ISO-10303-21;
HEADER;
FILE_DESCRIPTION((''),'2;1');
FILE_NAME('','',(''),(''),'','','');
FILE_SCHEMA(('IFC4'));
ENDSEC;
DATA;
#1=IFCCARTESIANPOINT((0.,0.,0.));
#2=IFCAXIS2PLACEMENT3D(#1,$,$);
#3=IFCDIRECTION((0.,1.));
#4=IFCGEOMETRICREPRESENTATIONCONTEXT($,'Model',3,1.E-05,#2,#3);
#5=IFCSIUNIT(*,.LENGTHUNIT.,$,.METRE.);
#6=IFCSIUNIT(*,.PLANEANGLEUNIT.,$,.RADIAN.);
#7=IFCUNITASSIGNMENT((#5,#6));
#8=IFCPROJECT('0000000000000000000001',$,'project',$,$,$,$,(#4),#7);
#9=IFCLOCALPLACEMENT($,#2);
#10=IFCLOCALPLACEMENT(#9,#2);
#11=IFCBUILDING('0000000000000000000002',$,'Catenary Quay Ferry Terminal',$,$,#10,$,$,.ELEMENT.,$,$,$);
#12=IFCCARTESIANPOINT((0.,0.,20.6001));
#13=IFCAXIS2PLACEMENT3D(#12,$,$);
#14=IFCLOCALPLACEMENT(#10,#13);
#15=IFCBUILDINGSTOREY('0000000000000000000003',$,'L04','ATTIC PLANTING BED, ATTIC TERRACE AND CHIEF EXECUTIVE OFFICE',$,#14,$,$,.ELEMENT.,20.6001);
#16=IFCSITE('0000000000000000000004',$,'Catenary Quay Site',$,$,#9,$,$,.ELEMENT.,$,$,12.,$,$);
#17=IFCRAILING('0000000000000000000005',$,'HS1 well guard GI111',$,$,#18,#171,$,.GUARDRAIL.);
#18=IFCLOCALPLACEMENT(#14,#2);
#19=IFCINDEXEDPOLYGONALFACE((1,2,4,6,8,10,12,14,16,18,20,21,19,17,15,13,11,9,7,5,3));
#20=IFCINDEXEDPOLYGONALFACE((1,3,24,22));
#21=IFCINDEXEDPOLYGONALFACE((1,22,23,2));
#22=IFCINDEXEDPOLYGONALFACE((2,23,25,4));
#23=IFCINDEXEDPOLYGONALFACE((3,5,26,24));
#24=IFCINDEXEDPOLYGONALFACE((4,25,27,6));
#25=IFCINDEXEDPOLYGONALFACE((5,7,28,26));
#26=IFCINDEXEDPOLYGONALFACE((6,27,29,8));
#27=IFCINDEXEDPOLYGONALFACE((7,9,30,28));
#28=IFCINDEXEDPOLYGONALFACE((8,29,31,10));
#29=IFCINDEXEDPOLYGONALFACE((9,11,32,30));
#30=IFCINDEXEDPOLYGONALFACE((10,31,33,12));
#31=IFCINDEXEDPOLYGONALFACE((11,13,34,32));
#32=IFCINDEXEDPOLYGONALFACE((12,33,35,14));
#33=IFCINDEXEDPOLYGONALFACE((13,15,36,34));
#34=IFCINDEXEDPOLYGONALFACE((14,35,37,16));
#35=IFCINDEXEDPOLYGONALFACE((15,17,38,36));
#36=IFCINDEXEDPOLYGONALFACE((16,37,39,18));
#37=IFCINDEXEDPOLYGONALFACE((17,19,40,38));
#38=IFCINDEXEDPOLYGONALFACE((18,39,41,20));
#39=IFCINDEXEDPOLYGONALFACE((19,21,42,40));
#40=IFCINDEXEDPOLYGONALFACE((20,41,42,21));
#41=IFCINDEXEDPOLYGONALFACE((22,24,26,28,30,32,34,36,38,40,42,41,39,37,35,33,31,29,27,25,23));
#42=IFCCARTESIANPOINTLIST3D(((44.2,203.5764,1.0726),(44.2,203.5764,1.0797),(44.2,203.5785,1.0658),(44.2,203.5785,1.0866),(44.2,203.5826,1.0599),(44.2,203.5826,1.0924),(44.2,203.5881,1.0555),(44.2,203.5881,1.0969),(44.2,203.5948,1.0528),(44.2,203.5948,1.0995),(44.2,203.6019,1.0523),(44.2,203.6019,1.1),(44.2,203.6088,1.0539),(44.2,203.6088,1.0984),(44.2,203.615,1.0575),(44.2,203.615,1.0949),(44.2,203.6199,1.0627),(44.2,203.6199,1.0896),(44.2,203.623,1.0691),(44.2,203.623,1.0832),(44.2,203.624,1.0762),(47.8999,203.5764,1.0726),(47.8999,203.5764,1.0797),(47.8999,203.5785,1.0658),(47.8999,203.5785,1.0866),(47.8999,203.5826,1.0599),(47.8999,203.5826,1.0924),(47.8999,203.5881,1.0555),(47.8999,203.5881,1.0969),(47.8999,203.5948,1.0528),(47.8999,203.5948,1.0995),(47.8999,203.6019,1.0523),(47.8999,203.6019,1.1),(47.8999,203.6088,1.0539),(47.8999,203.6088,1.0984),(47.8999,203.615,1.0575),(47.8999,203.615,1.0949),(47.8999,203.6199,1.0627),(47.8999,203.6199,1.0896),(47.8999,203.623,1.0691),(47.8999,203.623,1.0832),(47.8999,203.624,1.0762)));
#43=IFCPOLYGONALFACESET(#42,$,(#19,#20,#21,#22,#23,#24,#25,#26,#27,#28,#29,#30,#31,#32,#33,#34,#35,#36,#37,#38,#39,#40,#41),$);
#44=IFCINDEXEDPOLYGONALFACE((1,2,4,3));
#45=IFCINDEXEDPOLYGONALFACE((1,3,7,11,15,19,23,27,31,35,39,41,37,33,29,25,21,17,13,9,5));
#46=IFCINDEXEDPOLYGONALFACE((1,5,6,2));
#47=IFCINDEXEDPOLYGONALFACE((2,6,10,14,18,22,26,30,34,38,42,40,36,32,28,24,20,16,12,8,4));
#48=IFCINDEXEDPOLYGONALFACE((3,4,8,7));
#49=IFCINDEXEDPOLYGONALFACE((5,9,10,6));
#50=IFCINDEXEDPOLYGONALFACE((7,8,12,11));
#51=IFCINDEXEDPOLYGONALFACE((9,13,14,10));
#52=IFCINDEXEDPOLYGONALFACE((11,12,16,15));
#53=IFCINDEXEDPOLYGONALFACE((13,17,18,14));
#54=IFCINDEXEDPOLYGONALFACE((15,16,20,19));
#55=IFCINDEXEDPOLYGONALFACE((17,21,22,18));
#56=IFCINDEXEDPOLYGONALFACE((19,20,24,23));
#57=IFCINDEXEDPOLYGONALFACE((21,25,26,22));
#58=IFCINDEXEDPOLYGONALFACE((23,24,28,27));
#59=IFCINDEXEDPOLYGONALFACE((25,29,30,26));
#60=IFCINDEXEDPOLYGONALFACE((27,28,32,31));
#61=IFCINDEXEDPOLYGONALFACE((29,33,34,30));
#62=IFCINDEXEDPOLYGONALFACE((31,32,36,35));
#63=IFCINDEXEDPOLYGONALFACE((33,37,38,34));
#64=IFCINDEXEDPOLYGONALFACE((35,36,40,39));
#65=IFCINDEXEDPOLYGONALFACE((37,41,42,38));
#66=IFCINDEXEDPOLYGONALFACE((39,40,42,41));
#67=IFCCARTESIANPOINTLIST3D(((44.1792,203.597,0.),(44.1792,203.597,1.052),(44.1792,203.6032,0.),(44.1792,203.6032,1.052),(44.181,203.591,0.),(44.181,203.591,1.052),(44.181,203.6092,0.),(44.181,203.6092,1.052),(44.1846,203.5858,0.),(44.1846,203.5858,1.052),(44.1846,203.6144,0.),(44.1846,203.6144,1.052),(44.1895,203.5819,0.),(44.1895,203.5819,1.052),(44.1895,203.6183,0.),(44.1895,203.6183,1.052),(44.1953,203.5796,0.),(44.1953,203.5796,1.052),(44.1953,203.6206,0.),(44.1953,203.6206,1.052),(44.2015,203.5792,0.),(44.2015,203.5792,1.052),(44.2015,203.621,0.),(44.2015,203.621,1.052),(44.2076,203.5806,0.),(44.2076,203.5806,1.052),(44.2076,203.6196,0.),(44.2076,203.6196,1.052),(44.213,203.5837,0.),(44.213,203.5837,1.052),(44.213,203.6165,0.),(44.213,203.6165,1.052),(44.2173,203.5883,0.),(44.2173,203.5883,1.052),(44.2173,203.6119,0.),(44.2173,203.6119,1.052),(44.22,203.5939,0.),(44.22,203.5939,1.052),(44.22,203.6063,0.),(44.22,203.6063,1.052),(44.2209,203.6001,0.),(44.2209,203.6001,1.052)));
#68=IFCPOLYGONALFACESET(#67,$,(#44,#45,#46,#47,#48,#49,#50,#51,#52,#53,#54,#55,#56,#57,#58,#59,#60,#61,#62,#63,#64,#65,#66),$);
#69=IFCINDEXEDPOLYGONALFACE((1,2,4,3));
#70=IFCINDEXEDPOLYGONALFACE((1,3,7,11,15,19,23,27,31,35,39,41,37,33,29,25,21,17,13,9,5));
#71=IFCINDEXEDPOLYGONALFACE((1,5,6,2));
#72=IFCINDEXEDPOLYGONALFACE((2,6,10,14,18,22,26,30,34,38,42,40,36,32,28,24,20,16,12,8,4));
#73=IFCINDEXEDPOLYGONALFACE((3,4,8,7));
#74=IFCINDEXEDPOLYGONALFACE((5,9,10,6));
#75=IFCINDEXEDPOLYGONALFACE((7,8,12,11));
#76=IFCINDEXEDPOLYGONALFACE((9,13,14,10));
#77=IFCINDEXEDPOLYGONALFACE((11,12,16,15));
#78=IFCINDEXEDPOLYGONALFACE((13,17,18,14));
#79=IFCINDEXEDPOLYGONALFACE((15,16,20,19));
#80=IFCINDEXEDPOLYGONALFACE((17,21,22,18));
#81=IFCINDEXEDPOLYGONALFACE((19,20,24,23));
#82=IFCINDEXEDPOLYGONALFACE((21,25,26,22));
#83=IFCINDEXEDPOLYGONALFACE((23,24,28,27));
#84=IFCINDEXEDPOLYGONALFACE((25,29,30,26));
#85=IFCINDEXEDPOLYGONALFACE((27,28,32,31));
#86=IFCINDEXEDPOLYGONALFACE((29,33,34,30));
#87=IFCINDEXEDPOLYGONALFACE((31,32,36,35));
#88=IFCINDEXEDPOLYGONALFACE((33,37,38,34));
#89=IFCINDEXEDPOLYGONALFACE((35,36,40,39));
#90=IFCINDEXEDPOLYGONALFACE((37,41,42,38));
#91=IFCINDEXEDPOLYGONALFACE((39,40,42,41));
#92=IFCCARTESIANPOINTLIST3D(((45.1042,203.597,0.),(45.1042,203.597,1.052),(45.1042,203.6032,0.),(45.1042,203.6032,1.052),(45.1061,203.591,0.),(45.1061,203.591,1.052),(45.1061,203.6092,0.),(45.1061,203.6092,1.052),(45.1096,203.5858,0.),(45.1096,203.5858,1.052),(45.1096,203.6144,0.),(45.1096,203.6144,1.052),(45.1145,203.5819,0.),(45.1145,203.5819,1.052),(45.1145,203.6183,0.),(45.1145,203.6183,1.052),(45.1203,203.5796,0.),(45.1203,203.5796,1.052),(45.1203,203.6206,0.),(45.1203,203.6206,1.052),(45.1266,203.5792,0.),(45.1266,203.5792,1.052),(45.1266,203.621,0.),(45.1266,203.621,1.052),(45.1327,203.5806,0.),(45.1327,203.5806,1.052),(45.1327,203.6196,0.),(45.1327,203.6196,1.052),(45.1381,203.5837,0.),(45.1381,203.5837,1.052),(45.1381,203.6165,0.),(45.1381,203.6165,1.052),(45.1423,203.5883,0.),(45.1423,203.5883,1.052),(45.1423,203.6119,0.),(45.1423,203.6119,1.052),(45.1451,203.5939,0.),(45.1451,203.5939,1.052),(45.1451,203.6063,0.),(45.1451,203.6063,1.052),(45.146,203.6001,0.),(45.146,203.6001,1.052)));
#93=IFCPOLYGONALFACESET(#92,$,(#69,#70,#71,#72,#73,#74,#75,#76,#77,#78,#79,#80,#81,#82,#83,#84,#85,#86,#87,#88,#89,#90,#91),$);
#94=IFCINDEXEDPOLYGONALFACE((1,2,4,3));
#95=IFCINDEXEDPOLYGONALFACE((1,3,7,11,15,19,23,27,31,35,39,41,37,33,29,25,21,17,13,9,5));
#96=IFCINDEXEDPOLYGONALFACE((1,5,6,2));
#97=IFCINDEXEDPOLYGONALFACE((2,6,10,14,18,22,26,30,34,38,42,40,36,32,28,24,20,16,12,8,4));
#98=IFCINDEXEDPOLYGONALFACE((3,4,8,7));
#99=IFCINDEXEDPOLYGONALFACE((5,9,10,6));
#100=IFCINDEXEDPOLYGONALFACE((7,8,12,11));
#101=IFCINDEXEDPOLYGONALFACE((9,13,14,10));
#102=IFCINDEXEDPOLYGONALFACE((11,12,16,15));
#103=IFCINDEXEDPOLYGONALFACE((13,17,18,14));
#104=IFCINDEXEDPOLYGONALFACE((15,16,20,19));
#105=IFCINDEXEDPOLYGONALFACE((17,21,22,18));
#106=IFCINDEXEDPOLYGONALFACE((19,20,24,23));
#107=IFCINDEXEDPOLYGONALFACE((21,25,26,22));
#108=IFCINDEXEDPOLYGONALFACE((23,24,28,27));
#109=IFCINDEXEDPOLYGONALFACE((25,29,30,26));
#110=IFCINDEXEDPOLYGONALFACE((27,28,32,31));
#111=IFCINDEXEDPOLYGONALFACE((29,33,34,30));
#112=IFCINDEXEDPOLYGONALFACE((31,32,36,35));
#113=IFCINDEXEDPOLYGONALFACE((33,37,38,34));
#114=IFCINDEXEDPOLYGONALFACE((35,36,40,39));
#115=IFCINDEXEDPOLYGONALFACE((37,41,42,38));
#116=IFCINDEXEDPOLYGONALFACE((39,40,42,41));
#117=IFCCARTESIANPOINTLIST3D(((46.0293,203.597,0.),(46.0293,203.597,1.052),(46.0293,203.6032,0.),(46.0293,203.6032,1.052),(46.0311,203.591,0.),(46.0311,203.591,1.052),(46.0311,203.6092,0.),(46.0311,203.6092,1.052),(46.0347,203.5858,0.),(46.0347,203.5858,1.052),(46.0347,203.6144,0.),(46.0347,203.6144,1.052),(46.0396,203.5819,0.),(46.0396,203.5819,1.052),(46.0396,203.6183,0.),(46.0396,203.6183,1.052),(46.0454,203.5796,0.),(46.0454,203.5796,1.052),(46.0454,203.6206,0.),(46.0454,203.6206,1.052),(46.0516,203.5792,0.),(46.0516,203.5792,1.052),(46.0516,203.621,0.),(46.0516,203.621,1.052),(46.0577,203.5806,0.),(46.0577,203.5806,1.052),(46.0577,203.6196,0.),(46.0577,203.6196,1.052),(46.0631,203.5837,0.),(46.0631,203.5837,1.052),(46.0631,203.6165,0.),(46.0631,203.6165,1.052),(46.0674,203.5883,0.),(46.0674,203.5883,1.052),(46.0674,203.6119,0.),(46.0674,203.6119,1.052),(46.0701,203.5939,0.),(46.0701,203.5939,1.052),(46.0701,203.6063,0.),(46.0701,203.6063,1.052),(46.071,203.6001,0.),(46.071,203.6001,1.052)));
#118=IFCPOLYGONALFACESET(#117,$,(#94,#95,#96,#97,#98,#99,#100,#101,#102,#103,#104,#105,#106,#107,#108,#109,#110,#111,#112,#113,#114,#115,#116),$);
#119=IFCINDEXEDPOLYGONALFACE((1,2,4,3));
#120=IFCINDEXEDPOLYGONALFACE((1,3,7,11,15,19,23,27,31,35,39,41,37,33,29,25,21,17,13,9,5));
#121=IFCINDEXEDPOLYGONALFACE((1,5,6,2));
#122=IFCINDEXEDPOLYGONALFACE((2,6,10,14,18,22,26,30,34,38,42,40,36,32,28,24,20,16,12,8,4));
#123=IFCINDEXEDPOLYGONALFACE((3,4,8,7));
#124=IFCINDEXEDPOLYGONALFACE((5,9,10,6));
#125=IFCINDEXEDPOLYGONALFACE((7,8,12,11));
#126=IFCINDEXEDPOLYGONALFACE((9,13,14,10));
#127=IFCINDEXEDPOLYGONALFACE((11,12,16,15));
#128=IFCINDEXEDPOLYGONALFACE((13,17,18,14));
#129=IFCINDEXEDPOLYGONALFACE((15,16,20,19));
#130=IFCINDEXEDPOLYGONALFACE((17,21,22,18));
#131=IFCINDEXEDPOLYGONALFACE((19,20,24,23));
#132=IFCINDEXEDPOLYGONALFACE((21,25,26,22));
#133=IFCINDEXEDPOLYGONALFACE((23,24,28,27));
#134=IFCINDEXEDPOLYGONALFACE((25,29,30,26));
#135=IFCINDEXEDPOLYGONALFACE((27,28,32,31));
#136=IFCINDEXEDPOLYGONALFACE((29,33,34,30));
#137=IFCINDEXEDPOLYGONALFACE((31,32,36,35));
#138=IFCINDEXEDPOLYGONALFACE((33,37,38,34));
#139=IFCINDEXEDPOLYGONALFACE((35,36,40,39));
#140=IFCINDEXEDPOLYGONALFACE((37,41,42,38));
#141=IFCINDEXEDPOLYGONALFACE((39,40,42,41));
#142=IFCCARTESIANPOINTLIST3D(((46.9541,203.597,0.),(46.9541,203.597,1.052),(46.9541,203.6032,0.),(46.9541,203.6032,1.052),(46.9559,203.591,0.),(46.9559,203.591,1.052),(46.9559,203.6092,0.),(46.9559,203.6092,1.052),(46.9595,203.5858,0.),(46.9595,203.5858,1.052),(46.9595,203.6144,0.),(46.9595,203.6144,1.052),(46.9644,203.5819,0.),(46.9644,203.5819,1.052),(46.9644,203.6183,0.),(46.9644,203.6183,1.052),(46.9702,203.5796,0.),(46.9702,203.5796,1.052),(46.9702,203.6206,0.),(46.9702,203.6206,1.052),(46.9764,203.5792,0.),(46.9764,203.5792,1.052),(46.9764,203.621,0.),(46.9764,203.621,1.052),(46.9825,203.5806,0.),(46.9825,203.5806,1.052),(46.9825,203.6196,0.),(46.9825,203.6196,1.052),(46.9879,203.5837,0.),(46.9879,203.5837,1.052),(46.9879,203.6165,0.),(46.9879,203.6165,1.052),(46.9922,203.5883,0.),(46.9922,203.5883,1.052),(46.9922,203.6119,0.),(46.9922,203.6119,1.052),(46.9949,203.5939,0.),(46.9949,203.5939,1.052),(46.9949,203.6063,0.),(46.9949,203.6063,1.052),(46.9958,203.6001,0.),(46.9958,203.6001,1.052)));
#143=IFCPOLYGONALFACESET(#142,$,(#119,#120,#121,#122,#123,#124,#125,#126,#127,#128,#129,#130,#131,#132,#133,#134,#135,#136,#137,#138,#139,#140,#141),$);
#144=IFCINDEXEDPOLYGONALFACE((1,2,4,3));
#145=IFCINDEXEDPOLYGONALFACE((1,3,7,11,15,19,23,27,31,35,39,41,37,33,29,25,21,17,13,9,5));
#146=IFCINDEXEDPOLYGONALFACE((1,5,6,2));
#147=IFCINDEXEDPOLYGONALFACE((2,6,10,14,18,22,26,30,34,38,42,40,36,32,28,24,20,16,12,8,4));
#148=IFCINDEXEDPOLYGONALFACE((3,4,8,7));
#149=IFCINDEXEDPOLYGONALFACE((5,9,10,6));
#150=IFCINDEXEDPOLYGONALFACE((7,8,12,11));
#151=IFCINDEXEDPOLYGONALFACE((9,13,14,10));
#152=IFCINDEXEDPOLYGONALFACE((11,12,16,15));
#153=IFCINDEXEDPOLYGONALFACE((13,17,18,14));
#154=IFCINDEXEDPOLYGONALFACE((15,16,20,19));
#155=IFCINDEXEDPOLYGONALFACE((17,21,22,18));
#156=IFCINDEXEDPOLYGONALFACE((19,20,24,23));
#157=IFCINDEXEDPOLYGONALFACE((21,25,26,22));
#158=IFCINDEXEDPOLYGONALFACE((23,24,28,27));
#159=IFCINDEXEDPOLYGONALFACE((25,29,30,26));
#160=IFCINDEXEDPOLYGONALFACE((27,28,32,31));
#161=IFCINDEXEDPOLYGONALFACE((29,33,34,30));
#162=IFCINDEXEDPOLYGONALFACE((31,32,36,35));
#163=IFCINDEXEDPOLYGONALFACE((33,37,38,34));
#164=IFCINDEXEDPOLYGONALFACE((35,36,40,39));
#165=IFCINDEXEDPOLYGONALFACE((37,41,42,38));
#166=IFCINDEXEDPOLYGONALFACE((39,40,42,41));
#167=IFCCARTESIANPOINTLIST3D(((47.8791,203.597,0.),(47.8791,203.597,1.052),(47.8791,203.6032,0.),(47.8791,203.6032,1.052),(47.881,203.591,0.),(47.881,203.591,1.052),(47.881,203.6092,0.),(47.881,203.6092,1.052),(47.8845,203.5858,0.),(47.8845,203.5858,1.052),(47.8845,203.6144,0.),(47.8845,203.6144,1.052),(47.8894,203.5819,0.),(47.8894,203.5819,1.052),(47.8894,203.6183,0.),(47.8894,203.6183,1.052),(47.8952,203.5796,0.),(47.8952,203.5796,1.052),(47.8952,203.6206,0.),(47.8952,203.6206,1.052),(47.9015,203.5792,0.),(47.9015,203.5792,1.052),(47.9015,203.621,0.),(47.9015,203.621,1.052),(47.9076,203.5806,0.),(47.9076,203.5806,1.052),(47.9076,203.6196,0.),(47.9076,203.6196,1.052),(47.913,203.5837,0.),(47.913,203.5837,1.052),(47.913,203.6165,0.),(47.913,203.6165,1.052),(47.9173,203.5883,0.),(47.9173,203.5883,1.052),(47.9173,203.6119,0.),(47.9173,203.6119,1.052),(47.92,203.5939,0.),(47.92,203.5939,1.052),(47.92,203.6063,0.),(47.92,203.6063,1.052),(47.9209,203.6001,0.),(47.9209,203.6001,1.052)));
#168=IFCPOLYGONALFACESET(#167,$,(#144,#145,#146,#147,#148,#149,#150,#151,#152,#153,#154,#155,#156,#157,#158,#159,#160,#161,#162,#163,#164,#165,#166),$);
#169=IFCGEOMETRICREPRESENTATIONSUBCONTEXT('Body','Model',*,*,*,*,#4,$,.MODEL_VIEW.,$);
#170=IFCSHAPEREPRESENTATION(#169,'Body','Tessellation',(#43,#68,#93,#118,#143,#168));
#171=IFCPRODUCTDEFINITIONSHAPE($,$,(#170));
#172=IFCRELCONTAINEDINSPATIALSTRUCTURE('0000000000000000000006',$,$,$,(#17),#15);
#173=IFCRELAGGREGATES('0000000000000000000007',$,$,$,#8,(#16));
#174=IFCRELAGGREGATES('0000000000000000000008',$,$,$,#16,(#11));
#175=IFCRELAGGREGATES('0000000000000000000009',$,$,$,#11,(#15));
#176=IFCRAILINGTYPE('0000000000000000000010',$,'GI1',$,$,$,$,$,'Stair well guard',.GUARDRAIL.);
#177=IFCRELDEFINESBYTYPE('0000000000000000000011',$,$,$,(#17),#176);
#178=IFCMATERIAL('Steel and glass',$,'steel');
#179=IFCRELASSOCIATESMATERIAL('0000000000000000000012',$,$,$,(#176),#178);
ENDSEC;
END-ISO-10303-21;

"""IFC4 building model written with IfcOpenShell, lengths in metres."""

from ifc_helpers import new_model, si_unit, direction, frame, origin, origin_2d, place, context, subcontext, project, spatial, circle, extrude, material, type_object, element, save


model = new_model("IFC4")

# Units and contexts
model_context = context("Model", 3, precision=1e-05, world=origin(), true_north=direction((0.0, 1.0)))
body_context = subcontext(model_context, "Body", "Model", "MODEL_VIEW")
ifc_project = project(units=[si_unit("LENGTHUNIT", "METRE"), si_unit("PLANEANGLEUNIT", "RADIAN")], contexts=[model_context])

# Site, building, storey
site_placement = place(None, origin())
site = spatial("IfcSite", under=ifc_project, at=site_placement, Name="Catenary Quay Site", CompositionType="ELEMENT", RefElevation=12.0)
building_placement = place(site_placement, origin())
building = spatial("IfcBuilding", under=site, at=building_placement, Name="Catenary Quay Ferry Terminal", CompositionType="ELEMENT")
storey_placement = place(building_placement, frame((0.0, 0.0, 20.6001)))
storey = spatial("IfcBuildingStorey", under=building, at=storey_placement, Name="L04", Description="ATTIC PLANTING BED, ATTIC TERRACE AND CHIEF EXECUTIVE OFFICE", CompositionType="ELEMENT", Elevation=20.6001)

# Railing
ifc_material_1 = material(Name="Steel and glass", Category="steel")
railing_type = type_object("IfcRailingType", Name="GI1", ElementType="Stair well guard", PredefinedType="GUARDRAIL", material=ifc_material_1)
railing_placement = place(storey_placement, frame((44.2, 203.6001, 0.0)))
element("IfcRailing", 1, at=railing_placement, inside=storey, type_object=railing_type, Name="HS1 well guard GI111", PredefinedType="GUARDRAIL", context=body_context, shape_type="SweptSolid", body=[
    extrude(circle(Radius=0.0239, at=origin_2d()), frame((0.0, 0.0, 1.0762), z_axis=(1.0, 0.0, 0.0), x_axis=(0.0, 1.0, 0.0)), (0.0, 0.0, 1.0), 3.7),
    extrude(circle(Radius=0.021, at=origin_2d()), origin(), (0.0, 0.0, 1.0), 1.052),
    extrude(circle(Radius=0.021, at=origin_2d()), frame((0.925, 0.0, 0.0)), (0.0, 0.0, 1.0), 1.052),
    extrude(circle(Radius=0.021, at=origin_2d()), frame((1.8501, 0.0, 0.0)), (0.0, 0.0, 1.0), 1.052),
    extrude(circle(Radius=0.021, at=origin_2d()), frame((2.7749, 0.0, 0.0)), (0.0, 0.0, 1.0), 1.052),
    extrude(circle(Radius=0.021, at=origin_2d()), frame((3.7, 0.0, 0.0)), (0.0, 0.0, 1.0), 1.052),
])

save(model, "model.ifc")
